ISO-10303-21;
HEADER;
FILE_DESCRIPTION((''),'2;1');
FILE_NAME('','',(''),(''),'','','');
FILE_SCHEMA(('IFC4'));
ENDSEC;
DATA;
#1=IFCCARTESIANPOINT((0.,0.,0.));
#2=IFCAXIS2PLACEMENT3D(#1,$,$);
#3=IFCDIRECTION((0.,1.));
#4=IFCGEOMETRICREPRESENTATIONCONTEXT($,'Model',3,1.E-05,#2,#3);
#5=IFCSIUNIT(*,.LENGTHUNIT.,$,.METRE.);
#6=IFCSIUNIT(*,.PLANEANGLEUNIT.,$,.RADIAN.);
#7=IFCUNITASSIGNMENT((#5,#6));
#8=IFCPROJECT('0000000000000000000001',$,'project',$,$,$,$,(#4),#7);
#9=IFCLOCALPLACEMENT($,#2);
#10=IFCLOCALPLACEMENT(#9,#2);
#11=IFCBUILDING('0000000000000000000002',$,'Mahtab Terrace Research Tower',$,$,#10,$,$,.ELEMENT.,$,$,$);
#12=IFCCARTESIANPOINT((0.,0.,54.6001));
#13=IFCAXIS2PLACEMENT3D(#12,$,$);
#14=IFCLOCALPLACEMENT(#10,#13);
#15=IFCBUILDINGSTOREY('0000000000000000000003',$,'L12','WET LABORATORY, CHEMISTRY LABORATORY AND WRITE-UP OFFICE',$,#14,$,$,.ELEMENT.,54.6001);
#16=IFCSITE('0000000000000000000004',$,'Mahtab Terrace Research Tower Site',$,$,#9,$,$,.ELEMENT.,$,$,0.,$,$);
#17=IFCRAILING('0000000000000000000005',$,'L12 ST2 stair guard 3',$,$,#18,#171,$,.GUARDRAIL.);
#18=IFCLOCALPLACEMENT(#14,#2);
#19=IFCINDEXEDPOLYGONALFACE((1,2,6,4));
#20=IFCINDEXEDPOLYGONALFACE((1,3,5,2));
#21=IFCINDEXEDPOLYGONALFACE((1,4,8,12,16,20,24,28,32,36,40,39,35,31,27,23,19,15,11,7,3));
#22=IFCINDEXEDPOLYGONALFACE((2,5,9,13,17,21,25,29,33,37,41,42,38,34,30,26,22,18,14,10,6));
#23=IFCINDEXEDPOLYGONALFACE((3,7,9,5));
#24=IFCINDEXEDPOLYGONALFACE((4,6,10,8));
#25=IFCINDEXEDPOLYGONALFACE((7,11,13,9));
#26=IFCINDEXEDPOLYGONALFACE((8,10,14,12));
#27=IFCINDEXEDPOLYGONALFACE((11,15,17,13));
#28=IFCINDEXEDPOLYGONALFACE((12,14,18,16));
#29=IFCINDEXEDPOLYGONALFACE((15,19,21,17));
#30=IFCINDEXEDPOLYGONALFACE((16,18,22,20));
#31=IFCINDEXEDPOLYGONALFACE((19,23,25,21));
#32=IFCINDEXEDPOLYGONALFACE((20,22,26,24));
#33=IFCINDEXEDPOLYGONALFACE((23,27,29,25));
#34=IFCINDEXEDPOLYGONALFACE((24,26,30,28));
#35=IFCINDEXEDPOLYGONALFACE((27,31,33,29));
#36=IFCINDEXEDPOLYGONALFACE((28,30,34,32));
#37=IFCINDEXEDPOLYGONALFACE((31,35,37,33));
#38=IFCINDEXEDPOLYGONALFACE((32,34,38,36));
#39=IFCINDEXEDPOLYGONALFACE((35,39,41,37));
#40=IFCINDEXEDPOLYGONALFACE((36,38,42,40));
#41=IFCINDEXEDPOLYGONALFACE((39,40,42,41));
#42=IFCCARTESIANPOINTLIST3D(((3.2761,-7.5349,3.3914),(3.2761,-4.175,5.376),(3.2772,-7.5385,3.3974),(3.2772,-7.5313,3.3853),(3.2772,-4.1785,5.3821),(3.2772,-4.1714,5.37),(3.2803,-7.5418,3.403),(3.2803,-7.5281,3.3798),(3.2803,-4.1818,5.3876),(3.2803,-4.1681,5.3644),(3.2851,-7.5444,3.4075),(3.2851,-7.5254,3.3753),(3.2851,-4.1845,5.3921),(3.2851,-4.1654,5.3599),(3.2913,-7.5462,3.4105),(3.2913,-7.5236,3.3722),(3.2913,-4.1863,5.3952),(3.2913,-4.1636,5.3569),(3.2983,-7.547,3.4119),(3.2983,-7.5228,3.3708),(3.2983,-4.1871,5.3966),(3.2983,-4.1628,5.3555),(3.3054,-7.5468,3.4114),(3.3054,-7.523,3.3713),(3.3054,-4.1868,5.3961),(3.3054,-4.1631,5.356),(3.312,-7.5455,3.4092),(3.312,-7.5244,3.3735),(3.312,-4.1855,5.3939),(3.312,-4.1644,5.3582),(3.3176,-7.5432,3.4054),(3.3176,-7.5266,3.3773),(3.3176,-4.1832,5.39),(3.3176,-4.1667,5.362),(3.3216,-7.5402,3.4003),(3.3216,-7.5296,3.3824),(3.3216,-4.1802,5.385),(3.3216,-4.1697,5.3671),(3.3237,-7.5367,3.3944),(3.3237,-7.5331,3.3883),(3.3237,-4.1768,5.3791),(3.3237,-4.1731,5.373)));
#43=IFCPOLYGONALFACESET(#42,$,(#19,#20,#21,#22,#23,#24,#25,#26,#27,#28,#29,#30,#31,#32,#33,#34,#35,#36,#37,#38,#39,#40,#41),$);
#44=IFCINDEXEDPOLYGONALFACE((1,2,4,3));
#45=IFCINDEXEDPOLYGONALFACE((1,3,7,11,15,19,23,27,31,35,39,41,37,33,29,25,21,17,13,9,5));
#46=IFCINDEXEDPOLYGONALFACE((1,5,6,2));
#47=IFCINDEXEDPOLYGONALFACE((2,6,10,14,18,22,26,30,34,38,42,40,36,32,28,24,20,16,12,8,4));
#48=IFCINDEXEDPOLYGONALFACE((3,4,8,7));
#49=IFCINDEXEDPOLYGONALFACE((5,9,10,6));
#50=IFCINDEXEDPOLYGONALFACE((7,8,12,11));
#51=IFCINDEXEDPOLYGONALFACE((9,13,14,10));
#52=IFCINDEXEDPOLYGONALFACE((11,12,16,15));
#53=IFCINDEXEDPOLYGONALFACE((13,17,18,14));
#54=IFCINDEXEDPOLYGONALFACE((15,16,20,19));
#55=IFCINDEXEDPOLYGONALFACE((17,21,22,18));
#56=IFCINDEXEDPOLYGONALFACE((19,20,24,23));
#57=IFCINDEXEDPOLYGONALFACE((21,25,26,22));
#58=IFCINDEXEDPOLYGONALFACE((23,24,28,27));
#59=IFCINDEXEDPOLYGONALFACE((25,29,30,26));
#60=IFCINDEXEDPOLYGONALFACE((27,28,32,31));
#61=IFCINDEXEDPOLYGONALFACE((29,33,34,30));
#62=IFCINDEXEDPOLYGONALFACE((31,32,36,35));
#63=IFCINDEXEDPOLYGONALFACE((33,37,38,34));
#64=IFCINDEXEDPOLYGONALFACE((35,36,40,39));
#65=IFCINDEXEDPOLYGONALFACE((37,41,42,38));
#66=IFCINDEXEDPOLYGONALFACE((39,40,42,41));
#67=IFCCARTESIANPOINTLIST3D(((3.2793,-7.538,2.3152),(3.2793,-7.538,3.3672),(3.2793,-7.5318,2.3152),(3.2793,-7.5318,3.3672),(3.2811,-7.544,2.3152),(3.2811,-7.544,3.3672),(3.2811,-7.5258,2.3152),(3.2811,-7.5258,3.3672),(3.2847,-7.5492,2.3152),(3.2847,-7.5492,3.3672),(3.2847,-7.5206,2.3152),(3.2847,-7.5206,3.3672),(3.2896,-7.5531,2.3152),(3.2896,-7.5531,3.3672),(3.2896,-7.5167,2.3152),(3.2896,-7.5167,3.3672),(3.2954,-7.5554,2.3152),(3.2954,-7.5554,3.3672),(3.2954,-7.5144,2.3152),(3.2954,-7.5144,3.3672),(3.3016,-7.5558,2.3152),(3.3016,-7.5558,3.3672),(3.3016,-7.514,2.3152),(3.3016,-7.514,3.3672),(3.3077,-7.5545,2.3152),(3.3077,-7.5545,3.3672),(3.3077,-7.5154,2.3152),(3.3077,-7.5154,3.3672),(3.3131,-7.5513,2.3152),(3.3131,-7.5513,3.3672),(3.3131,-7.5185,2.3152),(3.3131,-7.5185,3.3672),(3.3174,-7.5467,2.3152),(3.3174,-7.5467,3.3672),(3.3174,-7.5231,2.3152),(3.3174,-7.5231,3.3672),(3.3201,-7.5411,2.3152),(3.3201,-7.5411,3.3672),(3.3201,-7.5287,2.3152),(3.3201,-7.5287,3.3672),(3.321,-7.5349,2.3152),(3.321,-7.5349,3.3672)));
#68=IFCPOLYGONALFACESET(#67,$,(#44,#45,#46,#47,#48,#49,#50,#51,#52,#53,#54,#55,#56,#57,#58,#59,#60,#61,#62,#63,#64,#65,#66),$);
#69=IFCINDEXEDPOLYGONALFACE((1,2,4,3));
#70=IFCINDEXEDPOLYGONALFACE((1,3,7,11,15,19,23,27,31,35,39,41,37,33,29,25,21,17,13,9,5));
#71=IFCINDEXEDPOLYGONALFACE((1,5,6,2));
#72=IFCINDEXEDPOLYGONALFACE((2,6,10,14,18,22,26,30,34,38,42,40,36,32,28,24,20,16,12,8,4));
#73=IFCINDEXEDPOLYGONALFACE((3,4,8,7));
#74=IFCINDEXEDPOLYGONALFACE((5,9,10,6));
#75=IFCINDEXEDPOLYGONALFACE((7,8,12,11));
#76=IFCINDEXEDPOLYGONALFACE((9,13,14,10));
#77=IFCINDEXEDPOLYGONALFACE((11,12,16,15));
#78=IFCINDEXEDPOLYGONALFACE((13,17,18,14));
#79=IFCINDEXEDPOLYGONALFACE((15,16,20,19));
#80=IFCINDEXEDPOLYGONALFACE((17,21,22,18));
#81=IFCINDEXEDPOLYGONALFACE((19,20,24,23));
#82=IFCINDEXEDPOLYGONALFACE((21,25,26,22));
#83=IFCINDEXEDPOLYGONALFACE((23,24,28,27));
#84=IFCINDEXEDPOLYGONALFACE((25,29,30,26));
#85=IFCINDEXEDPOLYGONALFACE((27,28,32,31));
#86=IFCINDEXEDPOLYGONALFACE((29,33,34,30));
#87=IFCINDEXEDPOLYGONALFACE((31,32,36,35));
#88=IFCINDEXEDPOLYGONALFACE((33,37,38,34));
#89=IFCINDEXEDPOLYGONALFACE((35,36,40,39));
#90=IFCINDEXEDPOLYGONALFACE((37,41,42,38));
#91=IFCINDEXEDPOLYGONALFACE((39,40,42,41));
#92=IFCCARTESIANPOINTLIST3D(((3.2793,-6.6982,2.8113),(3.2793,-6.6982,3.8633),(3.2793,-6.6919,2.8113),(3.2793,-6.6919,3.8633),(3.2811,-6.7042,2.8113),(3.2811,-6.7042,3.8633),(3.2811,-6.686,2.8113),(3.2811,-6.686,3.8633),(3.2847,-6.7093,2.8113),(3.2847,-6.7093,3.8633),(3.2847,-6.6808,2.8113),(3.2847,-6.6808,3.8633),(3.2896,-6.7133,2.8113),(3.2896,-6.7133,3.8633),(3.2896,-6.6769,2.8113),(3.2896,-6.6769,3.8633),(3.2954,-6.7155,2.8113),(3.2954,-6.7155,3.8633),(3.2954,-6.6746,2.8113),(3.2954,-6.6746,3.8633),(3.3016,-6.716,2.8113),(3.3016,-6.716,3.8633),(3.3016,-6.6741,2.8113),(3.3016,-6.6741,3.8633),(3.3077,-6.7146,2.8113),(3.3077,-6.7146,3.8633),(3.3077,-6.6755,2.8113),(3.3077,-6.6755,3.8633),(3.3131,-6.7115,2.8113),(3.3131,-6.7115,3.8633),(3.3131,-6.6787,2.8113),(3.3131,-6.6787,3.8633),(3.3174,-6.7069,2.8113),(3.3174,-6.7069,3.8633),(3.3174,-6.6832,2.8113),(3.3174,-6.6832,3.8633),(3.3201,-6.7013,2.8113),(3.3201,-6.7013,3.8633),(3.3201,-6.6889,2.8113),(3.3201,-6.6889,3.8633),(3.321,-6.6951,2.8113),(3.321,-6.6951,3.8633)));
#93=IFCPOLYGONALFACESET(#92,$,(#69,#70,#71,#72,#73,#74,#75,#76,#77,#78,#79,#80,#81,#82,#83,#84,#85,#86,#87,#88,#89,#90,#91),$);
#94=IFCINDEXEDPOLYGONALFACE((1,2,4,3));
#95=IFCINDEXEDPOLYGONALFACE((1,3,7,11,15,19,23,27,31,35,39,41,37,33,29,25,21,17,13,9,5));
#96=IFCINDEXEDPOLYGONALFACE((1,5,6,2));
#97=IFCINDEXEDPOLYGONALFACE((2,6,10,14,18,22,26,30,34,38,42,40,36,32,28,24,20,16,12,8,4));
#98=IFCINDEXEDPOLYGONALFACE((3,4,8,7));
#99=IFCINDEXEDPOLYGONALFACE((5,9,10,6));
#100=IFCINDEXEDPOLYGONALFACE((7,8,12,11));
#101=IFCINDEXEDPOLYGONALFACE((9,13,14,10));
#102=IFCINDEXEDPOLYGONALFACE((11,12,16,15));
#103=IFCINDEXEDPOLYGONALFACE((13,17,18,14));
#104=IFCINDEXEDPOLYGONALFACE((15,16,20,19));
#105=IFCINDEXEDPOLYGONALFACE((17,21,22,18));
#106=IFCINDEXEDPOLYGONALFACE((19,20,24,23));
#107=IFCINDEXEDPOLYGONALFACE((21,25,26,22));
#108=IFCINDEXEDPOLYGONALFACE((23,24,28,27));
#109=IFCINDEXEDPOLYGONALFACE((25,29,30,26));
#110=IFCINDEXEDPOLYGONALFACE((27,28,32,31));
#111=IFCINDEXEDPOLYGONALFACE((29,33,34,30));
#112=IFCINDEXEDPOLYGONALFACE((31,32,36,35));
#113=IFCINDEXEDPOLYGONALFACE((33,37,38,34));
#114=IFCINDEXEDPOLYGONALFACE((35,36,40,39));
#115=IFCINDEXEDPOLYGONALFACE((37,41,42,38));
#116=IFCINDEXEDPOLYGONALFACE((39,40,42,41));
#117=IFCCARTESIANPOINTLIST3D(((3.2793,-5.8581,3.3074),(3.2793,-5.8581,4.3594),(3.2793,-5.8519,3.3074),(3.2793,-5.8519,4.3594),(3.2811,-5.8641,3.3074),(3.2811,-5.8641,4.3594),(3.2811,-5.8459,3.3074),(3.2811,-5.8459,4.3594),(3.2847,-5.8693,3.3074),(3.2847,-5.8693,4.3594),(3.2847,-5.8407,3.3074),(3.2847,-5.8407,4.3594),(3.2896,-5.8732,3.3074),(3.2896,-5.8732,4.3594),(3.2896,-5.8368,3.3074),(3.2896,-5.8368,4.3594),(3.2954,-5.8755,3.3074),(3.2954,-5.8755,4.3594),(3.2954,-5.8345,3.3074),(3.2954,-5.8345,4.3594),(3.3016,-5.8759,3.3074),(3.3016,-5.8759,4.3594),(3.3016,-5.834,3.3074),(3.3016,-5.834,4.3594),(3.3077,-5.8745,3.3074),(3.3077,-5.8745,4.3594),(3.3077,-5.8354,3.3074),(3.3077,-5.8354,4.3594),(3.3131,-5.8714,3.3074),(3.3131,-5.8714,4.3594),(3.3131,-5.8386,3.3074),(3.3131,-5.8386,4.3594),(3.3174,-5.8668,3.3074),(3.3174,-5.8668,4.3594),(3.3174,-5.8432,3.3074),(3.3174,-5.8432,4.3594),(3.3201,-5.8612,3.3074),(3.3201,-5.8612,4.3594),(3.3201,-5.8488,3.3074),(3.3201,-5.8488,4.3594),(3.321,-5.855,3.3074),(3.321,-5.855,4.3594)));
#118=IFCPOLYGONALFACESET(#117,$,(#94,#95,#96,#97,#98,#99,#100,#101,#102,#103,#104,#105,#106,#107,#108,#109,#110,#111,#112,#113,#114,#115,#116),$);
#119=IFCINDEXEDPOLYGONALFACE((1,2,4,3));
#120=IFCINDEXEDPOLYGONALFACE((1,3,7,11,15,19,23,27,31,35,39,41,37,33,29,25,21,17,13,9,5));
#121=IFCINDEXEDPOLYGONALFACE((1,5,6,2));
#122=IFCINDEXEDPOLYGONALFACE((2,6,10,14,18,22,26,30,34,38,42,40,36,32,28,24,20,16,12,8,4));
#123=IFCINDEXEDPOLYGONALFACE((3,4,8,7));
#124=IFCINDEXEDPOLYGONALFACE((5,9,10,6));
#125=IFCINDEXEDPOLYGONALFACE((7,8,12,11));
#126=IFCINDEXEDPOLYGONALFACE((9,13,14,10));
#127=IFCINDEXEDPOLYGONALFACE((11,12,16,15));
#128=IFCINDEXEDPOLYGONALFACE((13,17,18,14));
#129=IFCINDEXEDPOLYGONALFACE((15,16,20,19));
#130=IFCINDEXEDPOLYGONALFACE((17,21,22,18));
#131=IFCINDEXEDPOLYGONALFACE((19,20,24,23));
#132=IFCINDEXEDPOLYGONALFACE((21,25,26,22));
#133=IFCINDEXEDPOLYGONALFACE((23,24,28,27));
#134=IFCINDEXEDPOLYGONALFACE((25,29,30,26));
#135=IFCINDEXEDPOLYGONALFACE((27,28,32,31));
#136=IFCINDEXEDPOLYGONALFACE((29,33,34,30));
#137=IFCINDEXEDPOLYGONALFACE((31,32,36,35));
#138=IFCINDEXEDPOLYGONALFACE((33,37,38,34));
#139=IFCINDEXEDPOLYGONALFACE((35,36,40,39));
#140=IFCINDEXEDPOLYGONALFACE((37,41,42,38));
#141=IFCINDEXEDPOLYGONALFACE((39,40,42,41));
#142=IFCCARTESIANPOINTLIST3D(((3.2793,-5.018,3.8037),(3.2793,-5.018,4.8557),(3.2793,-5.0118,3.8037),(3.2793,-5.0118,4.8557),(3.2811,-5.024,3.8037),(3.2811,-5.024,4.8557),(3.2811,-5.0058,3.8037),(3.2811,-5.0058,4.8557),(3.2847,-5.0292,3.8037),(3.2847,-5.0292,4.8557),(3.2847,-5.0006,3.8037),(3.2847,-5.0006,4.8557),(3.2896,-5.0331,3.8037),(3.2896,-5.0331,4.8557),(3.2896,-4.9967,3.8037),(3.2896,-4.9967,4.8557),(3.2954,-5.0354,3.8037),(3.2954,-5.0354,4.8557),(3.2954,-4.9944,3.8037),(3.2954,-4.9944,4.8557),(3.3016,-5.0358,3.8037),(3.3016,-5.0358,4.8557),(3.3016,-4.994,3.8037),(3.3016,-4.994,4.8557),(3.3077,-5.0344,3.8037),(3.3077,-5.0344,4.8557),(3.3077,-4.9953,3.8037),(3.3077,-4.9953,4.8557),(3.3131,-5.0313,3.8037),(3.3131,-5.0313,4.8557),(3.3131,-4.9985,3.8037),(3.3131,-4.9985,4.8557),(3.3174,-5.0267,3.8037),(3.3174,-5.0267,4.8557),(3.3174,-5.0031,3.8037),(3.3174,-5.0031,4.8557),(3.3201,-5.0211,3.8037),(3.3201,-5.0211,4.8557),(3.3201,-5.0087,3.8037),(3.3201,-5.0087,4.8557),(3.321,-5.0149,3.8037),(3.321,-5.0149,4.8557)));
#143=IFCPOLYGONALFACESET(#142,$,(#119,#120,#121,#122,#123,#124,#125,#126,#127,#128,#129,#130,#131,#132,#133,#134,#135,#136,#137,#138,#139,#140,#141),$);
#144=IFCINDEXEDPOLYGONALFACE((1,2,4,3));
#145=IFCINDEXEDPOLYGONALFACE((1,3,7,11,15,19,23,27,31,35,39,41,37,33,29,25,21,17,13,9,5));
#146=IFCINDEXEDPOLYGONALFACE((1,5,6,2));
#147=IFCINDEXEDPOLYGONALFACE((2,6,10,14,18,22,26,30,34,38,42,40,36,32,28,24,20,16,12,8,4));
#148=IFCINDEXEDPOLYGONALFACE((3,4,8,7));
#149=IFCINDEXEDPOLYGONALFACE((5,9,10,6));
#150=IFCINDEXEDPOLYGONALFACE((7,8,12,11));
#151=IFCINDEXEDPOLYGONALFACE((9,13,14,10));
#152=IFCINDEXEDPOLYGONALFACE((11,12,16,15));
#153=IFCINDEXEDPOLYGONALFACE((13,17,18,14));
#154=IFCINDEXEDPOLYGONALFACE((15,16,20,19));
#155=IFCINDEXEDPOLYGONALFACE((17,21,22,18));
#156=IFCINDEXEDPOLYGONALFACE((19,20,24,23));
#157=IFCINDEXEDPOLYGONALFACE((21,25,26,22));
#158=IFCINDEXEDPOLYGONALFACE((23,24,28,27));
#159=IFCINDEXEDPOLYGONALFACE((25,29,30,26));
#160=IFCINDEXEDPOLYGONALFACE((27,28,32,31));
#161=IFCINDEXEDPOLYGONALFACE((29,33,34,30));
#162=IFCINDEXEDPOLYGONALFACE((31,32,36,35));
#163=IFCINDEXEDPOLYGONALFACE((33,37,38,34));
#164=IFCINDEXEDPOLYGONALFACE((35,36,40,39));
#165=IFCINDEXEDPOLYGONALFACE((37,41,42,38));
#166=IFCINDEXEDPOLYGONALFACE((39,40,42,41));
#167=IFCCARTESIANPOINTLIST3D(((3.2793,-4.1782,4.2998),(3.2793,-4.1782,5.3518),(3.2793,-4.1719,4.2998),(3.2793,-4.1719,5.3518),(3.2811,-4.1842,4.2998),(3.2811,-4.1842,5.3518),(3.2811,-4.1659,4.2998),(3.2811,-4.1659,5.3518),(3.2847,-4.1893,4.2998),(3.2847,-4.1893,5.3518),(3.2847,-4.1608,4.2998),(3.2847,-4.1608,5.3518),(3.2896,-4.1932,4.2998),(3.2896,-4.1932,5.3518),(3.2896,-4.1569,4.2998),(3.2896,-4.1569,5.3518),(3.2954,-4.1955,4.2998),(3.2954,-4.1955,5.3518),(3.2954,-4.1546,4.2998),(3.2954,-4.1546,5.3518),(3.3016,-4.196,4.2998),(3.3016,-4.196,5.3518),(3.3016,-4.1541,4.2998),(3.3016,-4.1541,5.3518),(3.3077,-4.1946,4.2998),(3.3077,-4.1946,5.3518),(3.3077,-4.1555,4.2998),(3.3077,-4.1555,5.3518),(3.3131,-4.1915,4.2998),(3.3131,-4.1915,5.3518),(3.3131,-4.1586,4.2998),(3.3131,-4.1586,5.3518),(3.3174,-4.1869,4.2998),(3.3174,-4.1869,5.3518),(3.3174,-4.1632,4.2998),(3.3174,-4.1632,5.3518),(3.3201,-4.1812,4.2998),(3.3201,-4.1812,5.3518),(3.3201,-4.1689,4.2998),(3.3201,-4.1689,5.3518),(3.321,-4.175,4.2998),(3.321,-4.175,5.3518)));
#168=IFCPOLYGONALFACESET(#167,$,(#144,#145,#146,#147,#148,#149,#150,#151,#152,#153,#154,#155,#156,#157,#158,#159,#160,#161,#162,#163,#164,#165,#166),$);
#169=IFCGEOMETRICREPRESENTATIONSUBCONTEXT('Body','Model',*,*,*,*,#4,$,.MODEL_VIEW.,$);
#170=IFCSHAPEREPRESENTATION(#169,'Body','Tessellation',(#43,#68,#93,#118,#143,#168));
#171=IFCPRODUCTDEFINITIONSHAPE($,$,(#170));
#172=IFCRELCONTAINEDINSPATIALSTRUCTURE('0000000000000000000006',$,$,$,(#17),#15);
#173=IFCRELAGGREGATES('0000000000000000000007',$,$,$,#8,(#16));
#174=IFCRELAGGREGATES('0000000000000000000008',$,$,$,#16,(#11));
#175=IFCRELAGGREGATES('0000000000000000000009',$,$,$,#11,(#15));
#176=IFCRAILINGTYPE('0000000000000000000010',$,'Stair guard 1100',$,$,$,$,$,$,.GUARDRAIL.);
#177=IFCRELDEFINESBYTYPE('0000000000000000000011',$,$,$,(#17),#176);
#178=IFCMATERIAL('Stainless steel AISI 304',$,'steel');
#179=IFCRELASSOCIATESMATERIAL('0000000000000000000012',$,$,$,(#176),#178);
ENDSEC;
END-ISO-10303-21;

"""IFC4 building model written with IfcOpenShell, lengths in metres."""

from ifc_helpers import new_model, si_unit, direction, frame, origin, origin_2d, place, context, subcontext, project, spatial, circle, extrude, material, type_object, element, save


model = new_model("IFC4")

# Units and contexts
model_context = context("Model", 3, precision=1e-05, world=origin(), true_north=direction((0.0, 1.0)))
body_context = subcontext(model_context, "Body", "Model", "MODEL_VIEW")
ifc_project = project(units=[si_unit("LENGTHUNIT", "METRE"), si_unit("PLANEANGLEUNIT", "RADIAN")], contexts=[model_context])

# Site, building, storey
site_placement = place(None, origin())
site = spatial("IfcSite", under=ifc_project, at=site_placement, Name="Mahtab Terrace Research Tower Site", CompositionType="ELEMENT", RefElevation=0.0)
building_placement = place(site_placement, origin())
building = spatial("IfcBuilding", under=site, at=building_placement, Name="Mahtab Terrace Research Tower", CompositionType="ELEMENT")
storey_placement = place(building_placement, frame((0.0, 0.0, 54.6001)))
storey = spatial("IfcBuildingStorey", under=building, at=storey_placement, Name="L12", Description="WET LABORATORY, CHEMISTRY LABORATORY AND WRITE-UP OFFICE", CompositionType="ELEMENT", Elevation=54.6001)

# Railing
ifc_material_1 = material(Name="Stainless steel AISI 304", Category="steel")
railing_type_1 = type_object("IfcRailingType", Name="Stair guard 1100", PredefinedType="GUARDRAIL", material=ifc_material_1)
railing_1_placement = place(storey_placement, frame((3.3, -7.5349, 2.3152)))
element("IfcRailing", 1, at=railing_1_placement, inside=storey, type_object=railing_type_1, Name="L12 ST2 stair guard 3", PredefinedType="GUARDRAIL", context=body_context, shape_type="SweptSolid", body=[
    extrude(circle(Radius=0.0239, at=origin_2d()), frame((0.0, 0.0, 1.0762), z_axis=(0.0, 0.861011, 0.508586), x_axis=(-1.0, 0.0, 0.0)), (0.0, 0.0, 1.0), 3.9023),
    extrude(circle(Radius=0.021, at=origin_2d()), origin(), (0.0, 0.0, 1.0), 1.052),
    extrude(circle(Radius=0.021, at=origin_2d()), frame((0.0, 0.8398, 0.4961)), (0.0, 0.0, 1.0), 1.052),
    extrude(circle(Radius=0.021, at=origin_2d()), frame((0.0, 1.6799, 0.9922)), (0.0, 0.0, 1.0), 1.052),
    extrude(circle(Radius=0.021, at=origin_2d()), frame((0.0, 2.52, 1.4885)), (0.0, 0.0, 1.0), 1.052),
    extrude(circle(Radius=0.021, at=origin_2d()), frame((0.0, 3.3599, 1.9846)), (0.0, 0.0, 1.0), 1.052),
])

save(model, "model.ifc")
